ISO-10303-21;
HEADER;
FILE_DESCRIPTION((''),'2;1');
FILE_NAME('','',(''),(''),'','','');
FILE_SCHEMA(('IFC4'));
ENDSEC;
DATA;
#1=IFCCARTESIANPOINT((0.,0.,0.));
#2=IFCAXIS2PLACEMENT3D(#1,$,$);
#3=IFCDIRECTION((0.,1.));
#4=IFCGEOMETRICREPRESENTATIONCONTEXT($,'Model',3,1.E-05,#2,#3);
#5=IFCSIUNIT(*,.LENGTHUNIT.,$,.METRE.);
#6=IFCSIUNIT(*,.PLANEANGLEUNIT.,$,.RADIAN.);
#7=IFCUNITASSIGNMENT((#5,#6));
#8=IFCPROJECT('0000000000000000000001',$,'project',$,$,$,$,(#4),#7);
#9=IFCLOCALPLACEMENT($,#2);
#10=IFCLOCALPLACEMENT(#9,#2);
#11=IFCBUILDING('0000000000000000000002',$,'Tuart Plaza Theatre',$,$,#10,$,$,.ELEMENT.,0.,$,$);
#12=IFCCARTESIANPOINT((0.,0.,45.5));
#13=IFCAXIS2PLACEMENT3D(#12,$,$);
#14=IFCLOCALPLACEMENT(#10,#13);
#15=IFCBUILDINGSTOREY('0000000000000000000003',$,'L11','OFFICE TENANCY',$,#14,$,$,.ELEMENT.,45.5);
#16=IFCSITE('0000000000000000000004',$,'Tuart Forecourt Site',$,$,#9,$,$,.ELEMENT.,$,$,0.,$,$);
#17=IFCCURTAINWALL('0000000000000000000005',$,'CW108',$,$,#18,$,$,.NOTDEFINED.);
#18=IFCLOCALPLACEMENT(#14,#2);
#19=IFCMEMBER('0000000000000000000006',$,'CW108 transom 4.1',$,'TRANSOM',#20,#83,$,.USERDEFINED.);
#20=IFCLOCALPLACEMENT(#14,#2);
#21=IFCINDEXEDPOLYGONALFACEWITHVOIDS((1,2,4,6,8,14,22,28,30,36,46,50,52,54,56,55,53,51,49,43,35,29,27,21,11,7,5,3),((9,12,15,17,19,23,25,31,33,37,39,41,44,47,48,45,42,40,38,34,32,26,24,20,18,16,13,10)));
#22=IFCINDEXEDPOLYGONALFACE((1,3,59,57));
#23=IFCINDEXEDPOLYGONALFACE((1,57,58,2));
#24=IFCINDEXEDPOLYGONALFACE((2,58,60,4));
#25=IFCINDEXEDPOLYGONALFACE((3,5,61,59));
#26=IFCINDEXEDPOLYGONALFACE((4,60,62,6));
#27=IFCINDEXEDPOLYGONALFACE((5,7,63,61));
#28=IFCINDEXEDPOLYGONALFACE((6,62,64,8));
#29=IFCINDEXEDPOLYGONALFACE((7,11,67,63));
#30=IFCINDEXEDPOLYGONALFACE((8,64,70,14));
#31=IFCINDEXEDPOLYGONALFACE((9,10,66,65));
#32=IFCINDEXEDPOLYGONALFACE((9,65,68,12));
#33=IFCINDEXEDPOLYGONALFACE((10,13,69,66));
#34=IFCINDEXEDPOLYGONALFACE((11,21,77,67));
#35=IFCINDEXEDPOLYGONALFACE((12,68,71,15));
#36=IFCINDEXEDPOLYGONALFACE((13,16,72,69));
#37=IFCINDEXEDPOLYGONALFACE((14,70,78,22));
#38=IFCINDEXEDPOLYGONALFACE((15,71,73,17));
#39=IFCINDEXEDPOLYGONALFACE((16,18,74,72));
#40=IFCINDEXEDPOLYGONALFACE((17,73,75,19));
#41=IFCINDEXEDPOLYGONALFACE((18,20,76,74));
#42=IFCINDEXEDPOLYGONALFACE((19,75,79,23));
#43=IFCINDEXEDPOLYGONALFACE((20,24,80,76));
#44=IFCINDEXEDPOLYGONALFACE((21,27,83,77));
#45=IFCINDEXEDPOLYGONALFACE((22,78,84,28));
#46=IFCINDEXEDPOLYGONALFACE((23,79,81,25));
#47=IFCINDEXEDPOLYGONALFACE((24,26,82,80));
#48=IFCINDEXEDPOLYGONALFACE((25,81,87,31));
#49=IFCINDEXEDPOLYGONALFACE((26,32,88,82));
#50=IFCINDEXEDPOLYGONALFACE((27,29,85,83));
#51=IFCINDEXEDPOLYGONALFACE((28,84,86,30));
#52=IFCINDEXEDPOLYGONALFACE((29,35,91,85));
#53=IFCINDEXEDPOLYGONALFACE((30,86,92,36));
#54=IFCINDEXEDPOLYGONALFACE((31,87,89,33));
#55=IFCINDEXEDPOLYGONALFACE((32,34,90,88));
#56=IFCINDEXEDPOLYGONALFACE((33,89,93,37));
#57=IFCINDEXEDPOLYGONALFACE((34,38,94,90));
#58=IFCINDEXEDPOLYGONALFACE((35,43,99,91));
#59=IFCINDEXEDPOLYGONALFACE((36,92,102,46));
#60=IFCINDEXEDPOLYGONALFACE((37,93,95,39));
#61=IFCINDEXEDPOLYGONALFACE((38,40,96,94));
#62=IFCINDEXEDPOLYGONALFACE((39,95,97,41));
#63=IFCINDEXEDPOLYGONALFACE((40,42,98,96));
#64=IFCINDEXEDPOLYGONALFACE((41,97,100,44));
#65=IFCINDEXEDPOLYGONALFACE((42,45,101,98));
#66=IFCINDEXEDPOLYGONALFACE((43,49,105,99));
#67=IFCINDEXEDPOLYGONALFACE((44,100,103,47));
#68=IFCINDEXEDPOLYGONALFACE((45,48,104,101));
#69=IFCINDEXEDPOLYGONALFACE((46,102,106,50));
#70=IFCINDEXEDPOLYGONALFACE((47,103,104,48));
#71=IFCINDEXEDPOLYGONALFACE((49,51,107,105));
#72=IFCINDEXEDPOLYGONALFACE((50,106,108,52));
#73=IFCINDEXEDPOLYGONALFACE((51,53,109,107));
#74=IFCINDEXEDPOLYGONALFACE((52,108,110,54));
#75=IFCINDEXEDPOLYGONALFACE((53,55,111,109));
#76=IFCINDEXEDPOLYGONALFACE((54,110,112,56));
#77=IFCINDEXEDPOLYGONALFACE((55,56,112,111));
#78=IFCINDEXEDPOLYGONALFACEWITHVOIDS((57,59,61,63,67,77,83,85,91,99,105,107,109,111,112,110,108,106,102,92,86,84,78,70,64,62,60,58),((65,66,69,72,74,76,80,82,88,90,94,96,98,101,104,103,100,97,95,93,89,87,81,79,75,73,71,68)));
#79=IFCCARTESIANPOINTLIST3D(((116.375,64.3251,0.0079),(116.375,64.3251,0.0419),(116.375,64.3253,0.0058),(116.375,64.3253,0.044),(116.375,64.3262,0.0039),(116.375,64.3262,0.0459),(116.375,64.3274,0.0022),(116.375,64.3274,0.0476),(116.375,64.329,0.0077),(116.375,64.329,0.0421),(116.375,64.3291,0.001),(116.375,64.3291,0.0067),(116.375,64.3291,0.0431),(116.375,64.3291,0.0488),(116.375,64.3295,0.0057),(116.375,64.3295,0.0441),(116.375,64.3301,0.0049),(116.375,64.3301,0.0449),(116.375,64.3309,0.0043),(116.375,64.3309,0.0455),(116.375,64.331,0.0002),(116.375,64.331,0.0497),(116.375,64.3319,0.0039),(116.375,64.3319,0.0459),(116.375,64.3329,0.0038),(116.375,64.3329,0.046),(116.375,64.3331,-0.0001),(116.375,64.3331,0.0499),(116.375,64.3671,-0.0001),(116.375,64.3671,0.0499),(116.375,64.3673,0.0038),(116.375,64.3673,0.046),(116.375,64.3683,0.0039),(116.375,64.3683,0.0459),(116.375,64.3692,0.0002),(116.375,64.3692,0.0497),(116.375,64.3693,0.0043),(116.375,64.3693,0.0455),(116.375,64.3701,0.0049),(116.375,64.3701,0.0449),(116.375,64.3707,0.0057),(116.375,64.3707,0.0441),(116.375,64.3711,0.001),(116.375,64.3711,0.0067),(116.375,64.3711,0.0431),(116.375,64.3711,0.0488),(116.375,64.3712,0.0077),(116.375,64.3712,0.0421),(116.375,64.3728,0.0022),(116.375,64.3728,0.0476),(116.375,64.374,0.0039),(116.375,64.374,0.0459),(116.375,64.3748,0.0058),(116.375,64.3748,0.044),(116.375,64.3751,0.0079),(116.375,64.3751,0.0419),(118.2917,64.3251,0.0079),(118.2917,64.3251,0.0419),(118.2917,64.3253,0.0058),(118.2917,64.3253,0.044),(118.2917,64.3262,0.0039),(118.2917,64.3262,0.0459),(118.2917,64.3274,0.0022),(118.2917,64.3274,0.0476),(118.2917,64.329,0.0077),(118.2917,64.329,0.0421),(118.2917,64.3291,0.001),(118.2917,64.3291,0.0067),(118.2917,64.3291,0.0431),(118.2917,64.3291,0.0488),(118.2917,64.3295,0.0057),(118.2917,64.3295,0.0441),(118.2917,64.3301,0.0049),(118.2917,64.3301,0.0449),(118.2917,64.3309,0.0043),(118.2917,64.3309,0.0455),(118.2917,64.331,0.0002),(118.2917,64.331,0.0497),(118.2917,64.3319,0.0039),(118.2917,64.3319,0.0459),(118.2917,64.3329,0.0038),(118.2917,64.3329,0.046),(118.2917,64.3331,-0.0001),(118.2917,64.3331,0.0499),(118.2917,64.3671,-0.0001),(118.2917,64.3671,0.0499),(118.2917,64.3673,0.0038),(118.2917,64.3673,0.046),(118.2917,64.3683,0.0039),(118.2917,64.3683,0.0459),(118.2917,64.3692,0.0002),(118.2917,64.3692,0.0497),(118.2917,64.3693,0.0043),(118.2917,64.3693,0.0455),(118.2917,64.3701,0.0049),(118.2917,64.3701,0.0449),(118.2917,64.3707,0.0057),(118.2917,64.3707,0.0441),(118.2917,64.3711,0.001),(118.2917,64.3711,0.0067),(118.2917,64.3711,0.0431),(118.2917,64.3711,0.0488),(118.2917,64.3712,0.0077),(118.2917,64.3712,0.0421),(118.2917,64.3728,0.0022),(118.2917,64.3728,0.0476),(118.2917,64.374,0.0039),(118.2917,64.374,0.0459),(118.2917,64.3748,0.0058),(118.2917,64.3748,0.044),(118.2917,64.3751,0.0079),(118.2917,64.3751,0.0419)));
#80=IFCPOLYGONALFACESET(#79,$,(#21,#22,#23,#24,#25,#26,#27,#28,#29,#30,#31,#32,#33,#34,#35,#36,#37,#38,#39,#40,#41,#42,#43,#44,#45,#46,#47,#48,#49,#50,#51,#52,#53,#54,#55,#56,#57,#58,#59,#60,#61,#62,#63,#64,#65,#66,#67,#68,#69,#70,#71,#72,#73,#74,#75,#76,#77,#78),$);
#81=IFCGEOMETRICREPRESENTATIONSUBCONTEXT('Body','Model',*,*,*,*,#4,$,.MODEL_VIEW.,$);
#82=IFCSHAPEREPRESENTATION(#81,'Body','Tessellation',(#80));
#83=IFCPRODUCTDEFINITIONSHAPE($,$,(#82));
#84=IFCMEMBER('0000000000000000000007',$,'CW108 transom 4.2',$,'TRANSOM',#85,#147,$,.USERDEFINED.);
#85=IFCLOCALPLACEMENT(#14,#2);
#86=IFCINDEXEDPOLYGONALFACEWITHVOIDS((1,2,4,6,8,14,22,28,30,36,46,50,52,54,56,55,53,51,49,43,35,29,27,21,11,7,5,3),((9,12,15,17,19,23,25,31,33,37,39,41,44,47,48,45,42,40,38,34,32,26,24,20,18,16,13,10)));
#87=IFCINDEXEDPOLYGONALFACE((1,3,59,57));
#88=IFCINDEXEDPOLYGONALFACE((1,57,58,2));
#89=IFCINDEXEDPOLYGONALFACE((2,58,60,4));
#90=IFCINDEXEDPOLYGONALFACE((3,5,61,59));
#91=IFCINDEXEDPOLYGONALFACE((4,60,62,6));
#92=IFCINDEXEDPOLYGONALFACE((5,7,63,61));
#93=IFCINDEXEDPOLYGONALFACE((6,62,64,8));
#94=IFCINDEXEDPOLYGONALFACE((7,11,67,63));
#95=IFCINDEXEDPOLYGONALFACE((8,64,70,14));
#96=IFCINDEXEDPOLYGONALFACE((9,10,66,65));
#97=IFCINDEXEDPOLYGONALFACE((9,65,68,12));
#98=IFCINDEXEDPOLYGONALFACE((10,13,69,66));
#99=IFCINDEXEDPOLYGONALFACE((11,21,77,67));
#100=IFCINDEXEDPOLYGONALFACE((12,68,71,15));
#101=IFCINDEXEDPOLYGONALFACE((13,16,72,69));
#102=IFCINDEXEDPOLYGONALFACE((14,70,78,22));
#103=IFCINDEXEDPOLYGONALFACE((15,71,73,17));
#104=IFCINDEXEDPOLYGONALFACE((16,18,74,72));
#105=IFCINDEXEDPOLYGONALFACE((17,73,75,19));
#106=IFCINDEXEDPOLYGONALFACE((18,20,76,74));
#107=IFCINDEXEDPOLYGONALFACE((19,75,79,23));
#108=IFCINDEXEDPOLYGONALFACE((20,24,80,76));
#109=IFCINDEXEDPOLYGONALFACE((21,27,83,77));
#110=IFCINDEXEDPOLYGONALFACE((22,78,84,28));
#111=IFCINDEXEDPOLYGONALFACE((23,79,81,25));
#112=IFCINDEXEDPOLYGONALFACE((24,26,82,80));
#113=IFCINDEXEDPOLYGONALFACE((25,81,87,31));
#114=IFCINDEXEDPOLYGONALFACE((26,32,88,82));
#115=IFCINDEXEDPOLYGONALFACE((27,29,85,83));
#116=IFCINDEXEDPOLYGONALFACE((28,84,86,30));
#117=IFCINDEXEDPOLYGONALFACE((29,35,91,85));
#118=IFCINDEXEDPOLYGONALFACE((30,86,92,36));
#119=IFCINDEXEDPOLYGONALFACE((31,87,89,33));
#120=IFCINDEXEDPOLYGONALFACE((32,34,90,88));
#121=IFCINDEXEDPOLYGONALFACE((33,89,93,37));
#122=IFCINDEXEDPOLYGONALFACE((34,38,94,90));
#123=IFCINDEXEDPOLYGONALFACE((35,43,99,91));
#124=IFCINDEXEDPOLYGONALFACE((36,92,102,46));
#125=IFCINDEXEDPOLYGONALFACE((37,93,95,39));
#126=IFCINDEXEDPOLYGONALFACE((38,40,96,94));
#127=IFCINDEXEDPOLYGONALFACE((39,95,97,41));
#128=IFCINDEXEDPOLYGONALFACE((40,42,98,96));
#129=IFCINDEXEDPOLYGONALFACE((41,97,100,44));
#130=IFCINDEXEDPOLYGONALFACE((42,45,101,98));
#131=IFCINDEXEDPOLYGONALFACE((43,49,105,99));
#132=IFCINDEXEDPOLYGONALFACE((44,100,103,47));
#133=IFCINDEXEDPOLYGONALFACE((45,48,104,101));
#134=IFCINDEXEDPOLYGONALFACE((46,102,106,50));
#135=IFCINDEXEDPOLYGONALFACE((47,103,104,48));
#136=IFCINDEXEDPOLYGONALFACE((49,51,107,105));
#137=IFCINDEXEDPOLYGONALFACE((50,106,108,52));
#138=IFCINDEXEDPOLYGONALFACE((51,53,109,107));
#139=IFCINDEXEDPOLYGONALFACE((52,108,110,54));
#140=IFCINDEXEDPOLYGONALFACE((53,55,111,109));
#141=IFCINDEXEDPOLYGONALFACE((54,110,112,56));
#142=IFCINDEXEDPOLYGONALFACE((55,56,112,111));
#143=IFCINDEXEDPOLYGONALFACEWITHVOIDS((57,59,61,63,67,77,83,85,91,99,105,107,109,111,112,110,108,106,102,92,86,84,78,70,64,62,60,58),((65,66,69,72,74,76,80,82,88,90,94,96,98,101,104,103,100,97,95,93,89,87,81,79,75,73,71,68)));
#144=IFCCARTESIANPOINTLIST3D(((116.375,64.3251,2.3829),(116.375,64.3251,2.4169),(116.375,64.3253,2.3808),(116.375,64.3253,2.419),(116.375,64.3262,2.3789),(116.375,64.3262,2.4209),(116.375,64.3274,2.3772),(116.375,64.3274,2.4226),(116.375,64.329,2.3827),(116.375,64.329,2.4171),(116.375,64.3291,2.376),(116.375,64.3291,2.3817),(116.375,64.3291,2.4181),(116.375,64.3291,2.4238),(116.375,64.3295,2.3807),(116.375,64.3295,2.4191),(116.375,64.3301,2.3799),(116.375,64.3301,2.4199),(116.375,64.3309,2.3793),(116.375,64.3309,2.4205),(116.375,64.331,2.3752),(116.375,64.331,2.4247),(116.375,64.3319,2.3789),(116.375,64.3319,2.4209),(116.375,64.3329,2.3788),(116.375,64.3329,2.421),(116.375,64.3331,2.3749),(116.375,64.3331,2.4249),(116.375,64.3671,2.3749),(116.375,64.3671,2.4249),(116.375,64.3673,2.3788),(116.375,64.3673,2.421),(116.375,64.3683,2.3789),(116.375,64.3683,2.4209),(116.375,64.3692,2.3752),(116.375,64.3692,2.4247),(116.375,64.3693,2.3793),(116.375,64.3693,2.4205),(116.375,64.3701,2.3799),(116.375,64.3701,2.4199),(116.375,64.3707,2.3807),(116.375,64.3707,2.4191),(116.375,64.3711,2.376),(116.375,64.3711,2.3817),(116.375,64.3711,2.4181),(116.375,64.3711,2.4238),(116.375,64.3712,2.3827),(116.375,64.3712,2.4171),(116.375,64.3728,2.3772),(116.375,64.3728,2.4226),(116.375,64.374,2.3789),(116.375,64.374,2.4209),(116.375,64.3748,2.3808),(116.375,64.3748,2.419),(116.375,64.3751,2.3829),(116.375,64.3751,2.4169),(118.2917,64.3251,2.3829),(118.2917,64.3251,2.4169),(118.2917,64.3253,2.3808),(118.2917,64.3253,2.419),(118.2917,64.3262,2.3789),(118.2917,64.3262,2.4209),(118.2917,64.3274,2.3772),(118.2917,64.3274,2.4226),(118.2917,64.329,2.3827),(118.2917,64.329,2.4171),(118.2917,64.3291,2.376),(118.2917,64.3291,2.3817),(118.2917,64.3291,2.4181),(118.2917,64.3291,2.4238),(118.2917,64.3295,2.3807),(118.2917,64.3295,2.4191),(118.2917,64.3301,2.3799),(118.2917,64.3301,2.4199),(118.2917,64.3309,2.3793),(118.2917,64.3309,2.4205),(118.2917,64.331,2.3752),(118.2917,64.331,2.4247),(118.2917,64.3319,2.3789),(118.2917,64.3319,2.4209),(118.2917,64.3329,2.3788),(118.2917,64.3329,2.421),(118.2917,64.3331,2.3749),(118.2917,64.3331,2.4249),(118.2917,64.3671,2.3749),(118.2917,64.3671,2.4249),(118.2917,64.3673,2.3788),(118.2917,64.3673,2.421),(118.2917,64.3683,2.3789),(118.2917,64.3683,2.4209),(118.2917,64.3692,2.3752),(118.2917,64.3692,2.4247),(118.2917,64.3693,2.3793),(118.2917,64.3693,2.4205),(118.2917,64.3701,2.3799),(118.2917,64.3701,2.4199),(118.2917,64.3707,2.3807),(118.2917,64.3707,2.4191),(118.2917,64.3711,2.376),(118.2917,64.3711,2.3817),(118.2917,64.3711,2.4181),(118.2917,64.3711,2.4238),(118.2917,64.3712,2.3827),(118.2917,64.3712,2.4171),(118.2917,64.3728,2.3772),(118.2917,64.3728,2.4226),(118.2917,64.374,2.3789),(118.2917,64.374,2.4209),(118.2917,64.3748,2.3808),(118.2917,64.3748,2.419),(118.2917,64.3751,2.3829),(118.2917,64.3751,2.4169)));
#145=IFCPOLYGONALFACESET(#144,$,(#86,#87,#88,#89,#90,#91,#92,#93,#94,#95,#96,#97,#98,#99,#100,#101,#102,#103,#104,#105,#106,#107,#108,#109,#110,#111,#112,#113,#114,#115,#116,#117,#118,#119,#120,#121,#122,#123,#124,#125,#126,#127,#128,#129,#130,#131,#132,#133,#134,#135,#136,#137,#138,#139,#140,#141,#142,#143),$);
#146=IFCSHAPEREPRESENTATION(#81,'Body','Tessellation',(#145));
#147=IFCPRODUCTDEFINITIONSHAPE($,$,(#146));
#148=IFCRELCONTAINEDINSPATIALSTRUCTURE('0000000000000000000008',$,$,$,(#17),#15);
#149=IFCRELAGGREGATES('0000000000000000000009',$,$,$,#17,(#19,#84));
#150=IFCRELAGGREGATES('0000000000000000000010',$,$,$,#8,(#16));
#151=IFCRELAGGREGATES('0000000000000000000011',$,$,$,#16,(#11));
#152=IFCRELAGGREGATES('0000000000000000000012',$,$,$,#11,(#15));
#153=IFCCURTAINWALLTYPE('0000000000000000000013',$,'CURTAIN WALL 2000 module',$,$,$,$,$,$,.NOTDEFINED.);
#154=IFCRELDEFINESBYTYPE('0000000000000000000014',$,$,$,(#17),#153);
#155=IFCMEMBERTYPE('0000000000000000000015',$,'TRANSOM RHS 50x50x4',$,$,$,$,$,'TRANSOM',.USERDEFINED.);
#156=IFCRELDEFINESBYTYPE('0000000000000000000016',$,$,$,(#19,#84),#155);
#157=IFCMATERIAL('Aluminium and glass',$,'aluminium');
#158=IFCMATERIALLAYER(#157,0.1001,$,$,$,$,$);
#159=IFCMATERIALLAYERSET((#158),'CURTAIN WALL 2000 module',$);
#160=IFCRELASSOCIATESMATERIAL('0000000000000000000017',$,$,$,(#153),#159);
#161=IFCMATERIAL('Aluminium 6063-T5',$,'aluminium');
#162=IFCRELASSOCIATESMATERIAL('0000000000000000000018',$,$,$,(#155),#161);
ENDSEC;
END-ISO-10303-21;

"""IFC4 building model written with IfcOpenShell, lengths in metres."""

from ifc_helpers import new_model, si_unit, direction, frame, origin, origin_2d, place, context, subcontext, project, spatial, hollow_rectangle, extrude, material, layer, layer_set, material_profile, profile_set, type_object, element, aggregate, save


model = new_model("IFC4")

# Units and contexts
model_context = context("Model", 3, precision=1e-05, world=origin(), true_north=direction((0.0, 1.0)))
body_context = subcontext(model_context, "Body", "Model", "MODEL_VIEW")
ifc_project = project(units=[si_unit("LENGTHUNIT", "METRE"), si_unit("PLANEANGLEUNIT", "RADIAN")], contexts=[model_context])

# Site, building, storey
site_placement = place(None, origin())
site = spatial("IfcSite", under=ifc_project, at=site_placement, Name="Tuart Forecourt Site", CompositionType="ELEMENT", RefElevation=0.0)
building_placement = place(site_placement, origin())
building = spatial("IfcBuilding", under=site, at=building_placement, Name="Tuart Plaza Theatre", CompositionType="ELEMENT", ElevationOfRefHeight=0.0)
storey_placement = place(building_placement, frame((0.0, 0.0, 45.5)))
storey = spatial("IfcBuildingStorey", under=building, at=storey_placement, Name="L11", Description="OFFICE TENANCY", CompositionType="ELEMENT", Elevation=45.5)

# Curtain wall
ifc_material_1 = material(Name="Aluminium and glass", Category="aluminium")
ifc_layer_1 = layer(ifc_material_1, 0.1001)
ifc_layer_set_1 = layer_set([ifc_layer_1], Name="CURTAIN WALL 2000 module")
curtain_wall_type = type_object("IfcCurtainWallType", Name="CURTAIN WALL 2000 module", PredefinedType="NOTDEFINED", material=ifc_layer_set_1)
curtain_wall_1_placement = place(storey_placement, origin())
curtain_wall_1 = element("IfcCurtainWall", 1, at=curtain_wall_1_placement, inside=storey, type_object=curtain_wall_type, Name="CW108", PredefinedType="NOTDEFINED")
ifc_material_2 = material(Name="Aluminium 6063-T5", Category="aluminium")
ifc_material_profile_1 = material_profile(ifc_material_2, hollow_rectangle(XDim=0.05, YDim=0.05, WallThickness=0.0039, InnerFilletRadius=0.0039, OuterFilletRadius=0.0081, at=origin_2d()), Name="RHS 50x50x4")
ifc_profile_set_1 = profile_set([ifc_material_profile_1], Name="Aluminium 6063-T5")
member_type_1 = type_object("IfcMemberType", Name="TRANSOM RHS 50x50x4", ElementType="TRANSOM", PredefinedType="USERDEFINED", material=ifc_profile_set_1)

# Members
member_1_placement = place(storey_placement, frame((116.375, 64.3501, 0.0249), z_axis=(1.0, 0.0, 0.0), x_axis=(0.0, 1.0, 0.0)))
member_1 = element("IfcMember", 2, at=member_1_placement, type_object=member_type_1, Name="CW108 transom 4.1", ObjectType="TRANSOM", PredefinedType="USERDEFINED", context=body_context, shape_type="SweptSolid", body=[
    extrude(hollow_rectangle(XDim=0.05, YDim=0.05, WallThickness=0.0039, InnerFilletRadius=0.0039, OuterFilletRadius=0.0081, at=origin_2d()), origin(), (0.0, 0.0, 1.0), 1.9167),
])
member_2_placement = place(storey_placement, frame((116.375, 64.3501, 2.3999), z_axis=(1.0, 0.0, 0.0), x_axis=(0.0, 1.0, 0.0)))
member_2 = element("IfcMember", 3, at=member_2_placement, type_object=member_type_1, Name="CW108 transom 4.2", ObjectType="TRANSOM", PredefinedType="USERDEFINED", context=body_context, shape_type="SweptSolid", body=[
    extrude(hollow_rectangle(XDim=0.05, YDim=0.05, WallThickness=0.0039, InnerFilletRadius=0.0039, OuterFilletRadius=0.0081, at=origin_2d()), origin(), (0.0, 0.0, 1.0), 1.9167),
])

aggregate(curtain_wall_1, [member_1, member_2])

save(model, "model.ifc")
